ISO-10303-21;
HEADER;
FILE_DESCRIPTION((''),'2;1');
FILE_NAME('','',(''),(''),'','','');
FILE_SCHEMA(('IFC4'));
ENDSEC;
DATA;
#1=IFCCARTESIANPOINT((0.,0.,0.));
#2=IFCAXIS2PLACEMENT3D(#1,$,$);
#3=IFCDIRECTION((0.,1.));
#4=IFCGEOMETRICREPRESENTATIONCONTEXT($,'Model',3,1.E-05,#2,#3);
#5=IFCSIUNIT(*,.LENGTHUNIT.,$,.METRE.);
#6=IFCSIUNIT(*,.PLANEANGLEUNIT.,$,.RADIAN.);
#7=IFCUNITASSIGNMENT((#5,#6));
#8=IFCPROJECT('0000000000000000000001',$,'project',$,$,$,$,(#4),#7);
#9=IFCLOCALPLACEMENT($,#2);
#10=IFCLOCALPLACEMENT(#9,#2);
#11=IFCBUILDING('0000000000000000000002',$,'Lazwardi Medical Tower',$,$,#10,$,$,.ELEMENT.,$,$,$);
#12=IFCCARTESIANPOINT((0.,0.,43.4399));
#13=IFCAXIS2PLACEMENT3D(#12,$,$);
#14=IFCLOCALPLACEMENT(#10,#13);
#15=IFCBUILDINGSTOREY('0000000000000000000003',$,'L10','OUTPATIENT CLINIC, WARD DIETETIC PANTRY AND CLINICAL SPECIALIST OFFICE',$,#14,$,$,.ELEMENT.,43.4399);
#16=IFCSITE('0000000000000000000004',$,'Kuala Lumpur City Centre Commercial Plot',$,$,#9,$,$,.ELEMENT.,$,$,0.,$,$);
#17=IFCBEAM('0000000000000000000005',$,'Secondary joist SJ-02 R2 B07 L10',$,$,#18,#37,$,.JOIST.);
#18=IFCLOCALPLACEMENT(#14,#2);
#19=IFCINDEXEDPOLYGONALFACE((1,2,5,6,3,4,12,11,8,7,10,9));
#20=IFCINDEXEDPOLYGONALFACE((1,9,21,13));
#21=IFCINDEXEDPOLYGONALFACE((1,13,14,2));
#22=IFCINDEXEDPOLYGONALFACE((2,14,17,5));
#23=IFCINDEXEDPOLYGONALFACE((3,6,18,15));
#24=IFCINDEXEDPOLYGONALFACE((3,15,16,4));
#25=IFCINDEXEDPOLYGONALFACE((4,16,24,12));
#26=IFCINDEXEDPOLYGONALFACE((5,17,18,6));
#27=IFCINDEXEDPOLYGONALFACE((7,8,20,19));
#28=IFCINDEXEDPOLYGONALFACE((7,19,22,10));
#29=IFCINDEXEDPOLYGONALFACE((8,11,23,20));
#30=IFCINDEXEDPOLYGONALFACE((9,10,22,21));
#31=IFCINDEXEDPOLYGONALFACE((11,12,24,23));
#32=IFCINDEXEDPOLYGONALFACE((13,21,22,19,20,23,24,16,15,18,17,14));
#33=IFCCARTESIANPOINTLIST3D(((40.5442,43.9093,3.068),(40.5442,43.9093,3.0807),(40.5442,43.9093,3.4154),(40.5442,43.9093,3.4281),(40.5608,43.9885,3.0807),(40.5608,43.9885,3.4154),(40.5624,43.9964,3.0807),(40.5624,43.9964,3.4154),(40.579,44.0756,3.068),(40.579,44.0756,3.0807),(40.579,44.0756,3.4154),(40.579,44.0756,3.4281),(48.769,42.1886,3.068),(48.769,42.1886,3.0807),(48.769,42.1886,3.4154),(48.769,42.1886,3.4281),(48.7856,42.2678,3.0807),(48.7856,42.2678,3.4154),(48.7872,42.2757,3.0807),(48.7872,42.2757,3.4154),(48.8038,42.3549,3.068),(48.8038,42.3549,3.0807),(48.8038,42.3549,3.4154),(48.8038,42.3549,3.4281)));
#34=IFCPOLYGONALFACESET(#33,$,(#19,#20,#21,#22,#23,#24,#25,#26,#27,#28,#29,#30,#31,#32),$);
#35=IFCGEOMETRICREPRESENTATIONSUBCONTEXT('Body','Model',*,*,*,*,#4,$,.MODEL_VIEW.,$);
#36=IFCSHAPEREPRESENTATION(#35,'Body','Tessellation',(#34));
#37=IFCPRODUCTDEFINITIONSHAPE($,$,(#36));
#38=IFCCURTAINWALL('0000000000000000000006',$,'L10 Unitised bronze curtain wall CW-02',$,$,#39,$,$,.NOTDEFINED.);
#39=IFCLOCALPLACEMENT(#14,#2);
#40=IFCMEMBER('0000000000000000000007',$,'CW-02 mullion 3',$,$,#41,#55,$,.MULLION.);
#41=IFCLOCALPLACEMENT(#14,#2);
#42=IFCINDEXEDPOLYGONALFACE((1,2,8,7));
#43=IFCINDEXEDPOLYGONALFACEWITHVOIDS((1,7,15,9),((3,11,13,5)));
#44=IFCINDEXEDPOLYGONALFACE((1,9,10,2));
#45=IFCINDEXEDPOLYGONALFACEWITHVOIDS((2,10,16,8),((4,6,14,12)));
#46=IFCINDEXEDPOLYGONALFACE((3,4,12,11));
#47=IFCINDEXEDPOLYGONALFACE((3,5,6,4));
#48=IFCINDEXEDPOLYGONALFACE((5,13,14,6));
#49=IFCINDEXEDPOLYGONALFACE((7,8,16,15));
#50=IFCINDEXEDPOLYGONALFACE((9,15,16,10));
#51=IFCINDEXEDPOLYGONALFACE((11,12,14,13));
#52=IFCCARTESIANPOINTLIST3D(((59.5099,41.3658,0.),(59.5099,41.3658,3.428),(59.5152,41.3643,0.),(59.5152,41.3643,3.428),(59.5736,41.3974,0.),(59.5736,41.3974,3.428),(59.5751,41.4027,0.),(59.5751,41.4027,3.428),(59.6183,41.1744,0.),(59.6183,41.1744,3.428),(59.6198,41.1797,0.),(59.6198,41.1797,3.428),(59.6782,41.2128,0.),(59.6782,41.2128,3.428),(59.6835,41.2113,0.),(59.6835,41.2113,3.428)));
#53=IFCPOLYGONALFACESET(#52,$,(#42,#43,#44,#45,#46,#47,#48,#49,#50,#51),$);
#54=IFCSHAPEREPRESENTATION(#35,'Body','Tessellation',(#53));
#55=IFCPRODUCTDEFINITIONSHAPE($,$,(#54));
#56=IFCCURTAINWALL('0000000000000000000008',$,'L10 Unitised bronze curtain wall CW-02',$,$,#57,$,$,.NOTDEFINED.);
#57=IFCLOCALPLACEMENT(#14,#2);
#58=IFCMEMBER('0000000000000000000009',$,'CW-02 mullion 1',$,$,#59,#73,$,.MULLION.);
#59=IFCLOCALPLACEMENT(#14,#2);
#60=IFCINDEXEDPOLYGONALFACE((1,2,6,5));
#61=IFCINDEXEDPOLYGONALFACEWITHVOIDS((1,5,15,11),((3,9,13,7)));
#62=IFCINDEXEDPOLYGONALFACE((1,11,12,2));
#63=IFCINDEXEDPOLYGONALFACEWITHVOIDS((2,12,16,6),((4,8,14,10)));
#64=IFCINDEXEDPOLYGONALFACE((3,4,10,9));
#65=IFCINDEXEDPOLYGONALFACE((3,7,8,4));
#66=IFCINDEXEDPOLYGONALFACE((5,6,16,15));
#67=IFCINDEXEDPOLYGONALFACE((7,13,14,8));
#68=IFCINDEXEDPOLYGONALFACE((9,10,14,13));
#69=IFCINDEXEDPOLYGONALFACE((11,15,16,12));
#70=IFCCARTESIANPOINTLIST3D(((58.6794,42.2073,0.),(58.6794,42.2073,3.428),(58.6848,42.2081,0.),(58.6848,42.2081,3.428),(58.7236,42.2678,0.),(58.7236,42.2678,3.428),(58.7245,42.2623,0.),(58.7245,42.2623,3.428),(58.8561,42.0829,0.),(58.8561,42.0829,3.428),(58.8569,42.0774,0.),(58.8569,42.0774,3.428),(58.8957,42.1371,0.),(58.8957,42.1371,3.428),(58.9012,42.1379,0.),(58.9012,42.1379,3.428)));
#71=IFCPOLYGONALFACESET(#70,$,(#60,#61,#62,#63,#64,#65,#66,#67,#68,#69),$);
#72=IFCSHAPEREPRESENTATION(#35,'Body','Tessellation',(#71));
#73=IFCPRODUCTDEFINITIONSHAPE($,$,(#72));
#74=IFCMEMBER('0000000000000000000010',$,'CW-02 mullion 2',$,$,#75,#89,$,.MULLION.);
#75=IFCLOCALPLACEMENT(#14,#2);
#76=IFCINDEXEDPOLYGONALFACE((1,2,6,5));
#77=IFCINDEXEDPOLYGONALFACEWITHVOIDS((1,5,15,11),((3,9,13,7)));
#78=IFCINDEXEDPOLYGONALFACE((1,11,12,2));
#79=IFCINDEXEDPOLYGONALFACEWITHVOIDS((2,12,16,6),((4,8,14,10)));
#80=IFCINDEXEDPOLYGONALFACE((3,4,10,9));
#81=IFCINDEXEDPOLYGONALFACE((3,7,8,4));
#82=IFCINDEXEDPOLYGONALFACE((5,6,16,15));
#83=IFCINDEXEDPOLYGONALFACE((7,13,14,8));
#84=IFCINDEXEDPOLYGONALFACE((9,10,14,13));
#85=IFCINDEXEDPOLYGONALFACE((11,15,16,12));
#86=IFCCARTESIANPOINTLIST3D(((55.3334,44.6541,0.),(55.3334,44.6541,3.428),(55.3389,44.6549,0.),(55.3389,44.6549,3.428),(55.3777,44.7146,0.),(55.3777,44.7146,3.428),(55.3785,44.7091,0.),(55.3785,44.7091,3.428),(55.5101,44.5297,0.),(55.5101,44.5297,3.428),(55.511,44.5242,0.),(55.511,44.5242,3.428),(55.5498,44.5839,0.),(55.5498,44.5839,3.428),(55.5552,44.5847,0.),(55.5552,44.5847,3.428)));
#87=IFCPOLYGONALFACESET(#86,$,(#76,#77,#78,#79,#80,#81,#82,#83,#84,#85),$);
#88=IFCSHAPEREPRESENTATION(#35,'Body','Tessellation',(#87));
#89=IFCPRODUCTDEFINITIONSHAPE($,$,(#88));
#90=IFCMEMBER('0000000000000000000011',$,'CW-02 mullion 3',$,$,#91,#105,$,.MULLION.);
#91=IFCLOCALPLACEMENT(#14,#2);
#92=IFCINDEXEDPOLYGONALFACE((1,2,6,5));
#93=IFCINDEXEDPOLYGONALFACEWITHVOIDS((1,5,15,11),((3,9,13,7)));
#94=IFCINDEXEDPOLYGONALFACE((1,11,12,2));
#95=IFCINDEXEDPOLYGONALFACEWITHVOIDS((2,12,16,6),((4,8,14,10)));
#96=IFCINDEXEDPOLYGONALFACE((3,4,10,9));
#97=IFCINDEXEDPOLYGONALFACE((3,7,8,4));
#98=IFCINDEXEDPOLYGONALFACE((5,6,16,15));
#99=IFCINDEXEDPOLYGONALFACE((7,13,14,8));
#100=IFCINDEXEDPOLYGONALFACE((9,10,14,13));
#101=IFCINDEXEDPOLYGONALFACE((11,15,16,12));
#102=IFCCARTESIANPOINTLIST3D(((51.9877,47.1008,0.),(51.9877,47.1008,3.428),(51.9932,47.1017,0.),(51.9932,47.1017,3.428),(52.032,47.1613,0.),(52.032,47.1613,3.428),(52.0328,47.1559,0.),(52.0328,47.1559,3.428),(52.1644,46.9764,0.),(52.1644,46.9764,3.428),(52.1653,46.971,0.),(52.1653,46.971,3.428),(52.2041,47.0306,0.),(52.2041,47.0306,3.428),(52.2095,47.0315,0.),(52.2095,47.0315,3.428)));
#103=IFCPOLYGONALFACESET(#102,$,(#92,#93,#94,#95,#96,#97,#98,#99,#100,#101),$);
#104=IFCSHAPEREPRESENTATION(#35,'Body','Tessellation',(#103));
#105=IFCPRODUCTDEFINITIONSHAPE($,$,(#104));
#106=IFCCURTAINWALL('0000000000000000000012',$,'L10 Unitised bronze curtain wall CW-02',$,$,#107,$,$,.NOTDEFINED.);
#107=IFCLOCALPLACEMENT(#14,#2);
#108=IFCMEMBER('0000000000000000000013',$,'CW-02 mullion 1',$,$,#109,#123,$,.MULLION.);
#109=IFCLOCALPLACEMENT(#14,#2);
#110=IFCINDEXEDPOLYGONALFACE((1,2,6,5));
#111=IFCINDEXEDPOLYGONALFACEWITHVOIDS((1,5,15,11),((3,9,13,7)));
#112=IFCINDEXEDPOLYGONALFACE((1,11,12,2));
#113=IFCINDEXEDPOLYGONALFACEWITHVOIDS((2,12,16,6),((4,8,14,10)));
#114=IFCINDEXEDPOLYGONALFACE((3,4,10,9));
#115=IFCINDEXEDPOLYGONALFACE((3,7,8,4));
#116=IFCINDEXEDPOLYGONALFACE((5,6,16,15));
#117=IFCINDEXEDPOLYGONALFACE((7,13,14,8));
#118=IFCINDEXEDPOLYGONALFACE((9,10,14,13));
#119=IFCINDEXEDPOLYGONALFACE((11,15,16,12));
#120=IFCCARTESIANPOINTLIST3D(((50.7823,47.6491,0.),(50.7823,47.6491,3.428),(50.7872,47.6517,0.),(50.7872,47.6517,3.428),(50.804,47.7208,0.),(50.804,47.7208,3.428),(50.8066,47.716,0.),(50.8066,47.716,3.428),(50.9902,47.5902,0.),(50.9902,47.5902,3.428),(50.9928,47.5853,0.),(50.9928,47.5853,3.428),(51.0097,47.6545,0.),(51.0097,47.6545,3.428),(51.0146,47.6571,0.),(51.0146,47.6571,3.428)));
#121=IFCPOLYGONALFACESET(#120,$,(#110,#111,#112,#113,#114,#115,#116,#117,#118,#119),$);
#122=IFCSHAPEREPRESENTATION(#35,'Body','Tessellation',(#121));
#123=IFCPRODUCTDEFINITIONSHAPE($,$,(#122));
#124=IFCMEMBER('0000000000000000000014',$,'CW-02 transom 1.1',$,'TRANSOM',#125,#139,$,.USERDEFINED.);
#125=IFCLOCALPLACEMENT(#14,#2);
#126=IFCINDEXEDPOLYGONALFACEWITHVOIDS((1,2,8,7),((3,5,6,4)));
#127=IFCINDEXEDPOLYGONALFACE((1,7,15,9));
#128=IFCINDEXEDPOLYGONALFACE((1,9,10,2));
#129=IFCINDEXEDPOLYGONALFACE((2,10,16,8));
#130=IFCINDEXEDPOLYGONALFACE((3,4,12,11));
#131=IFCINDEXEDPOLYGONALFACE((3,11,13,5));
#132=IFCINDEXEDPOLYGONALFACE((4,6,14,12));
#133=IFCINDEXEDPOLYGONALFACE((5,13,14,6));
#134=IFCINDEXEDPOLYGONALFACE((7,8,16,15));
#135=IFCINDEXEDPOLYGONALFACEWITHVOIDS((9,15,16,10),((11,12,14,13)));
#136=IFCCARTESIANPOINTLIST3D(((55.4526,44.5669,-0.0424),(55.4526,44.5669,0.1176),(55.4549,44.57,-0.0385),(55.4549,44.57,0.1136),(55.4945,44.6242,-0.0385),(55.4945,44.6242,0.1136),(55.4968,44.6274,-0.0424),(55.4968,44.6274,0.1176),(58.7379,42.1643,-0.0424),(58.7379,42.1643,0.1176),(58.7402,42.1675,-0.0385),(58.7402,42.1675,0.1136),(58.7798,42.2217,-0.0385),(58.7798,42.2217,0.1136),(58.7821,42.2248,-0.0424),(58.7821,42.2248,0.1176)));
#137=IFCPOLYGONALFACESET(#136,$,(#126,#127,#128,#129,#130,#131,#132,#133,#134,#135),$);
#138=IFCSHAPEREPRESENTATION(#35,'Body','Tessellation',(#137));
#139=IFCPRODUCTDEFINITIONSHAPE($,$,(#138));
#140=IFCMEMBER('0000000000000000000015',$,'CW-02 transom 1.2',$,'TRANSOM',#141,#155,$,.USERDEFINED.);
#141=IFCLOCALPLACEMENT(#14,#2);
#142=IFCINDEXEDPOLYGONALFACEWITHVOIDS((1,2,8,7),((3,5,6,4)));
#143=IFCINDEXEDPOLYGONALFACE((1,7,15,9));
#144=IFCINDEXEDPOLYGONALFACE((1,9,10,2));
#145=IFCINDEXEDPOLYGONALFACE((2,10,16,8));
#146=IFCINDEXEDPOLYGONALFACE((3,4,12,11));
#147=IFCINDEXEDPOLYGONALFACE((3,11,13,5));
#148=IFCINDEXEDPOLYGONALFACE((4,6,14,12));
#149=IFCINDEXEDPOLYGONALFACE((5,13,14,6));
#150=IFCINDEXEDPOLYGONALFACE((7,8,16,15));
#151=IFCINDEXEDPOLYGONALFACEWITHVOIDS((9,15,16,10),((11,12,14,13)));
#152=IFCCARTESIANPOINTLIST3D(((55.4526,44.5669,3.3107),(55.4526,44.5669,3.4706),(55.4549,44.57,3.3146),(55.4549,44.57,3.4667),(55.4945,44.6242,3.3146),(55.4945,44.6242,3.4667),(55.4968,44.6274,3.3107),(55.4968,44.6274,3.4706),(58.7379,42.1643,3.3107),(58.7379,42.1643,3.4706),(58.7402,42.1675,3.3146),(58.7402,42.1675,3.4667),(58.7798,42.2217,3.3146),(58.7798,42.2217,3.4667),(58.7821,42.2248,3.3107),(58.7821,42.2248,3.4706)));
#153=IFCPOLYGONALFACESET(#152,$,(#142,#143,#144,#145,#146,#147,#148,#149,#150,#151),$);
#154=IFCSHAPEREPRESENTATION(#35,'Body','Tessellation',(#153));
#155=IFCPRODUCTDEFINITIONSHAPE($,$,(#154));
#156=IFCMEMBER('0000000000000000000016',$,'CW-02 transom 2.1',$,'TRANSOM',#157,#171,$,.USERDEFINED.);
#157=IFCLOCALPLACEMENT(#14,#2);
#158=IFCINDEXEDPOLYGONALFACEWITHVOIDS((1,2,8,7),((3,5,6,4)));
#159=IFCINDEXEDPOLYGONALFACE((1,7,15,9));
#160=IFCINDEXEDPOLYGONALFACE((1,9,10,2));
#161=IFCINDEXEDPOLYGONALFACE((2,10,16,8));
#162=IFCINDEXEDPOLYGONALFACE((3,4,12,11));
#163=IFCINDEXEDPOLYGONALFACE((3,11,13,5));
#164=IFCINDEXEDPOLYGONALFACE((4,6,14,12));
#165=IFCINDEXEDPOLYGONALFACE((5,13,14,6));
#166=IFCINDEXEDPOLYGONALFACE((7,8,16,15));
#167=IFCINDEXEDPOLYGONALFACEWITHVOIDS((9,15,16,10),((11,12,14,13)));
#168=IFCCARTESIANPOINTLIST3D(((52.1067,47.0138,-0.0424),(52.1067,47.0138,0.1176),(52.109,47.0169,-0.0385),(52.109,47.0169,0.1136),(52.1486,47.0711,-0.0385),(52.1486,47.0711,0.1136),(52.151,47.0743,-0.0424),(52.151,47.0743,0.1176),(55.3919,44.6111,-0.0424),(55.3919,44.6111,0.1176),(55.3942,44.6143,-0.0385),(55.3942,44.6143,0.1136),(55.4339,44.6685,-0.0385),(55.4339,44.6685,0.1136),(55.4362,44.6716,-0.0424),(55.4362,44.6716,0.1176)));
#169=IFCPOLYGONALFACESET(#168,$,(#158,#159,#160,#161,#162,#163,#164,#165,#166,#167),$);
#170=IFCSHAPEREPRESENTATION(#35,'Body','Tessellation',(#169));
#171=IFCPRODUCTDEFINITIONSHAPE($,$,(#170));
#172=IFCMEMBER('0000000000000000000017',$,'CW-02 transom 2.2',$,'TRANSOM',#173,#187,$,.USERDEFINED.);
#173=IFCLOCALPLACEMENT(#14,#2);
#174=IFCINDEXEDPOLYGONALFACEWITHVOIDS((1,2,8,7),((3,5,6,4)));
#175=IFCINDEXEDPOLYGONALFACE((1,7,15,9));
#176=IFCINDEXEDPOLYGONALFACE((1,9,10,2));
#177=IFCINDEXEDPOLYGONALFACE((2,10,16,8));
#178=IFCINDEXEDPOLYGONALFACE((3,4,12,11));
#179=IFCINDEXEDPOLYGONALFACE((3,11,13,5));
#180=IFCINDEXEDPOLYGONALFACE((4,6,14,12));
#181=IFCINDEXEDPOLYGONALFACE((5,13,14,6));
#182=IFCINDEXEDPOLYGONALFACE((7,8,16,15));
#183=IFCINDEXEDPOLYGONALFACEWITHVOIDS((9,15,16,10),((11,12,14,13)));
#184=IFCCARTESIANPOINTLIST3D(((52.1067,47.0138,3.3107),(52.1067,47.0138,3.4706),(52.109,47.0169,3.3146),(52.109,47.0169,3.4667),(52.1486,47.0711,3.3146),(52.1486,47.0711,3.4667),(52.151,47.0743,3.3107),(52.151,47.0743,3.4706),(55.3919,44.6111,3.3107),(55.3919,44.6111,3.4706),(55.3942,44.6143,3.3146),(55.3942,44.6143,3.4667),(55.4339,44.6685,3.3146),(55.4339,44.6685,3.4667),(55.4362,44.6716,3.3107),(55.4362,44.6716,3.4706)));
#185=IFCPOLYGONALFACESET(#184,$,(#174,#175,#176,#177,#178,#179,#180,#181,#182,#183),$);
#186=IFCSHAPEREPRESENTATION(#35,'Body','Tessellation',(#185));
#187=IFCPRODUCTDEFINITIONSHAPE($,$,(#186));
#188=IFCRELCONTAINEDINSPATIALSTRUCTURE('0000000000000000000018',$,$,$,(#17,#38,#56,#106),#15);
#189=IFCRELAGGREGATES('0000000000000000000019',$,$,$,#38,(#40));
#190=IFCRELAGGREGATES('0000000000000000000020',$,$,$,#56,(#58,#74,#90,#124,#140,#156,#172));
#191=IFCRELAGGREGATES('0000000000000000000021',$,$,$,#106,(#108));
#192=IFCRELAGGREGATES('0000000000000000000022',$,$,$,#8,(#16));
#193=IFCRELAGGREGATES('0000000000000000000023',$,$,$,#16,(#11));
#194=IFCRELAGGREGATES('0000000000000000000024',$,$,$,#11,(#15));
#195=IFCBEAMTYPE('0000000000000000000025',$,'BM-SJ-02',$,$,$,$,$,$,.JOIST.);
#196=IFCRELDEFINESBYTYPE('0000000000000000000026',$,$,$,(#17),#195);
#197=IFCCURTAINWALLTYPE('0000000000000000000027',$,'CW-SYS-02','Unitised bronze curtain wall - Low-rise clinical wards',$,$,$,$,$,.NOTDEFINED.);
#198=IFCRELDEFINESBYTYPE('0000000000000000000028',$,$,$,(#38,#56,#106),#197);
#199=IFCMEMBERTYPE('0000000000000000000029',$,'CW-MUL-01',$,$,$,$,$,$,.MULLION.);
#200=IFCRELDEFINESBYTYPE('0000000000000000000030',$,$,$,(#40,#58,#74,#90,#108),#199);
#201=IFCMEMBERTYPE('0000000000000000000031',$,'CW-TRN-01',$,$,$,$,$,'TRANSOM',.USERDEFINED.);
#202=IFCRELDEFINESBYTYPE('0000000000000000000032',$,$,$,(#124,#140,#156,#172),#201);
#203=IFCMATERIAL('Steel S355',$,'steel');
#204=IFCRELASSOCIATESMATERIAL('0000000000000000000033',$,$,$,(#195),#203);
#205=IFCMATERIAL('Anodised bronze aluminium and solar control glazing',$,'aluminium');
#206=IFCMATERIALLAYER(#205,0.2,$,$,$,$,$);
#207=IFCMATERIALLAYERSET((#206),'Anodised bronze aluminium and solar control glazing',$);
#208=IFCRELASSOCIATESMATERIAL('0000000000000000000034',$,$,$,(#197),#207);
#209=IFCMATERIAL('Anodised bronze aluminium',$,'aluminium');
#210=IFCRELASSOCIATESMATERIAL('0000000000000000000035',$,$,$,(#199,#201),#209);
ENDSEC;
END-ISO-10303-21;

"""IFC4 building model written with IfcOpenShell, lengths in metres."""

from ifc_helpers import new_model, si_unit, direction, frame, origin, origin_2d, place, context, subcontext, project, spatial, hollow_rectangle, i_section, extrude, material, layer, layer_set, material_profile, profile_set, type_object, element, aggregate, save


model = new_model("IFC4")

# Units and contexts
model_context = context("Model", 3, precision=1e-05, world=origin(), true_north=direction((0.0, 1.0)))
body_context = subcontext(model_context, "Body", "Model", "MODEL_VIEW")
ifc_project = project(units=[si_unit("LENGTHUNIT", "METRE"), si_unit("PLANEANGLEUNIT", "RADIAN")], contexts=[model_context])

# Site, building, storey
site_placement = place(None, origin())
site = spatial("IfcSite", under=ifc_project, at=site_placement, Name="Kuala Lumpur City Centre Commercial Plot", CompositionType="ELEMENT", RefElevation=0.0)
building_placement = place(site_placement, origin())
building = spatial("IfcBuilding", under=site, at=building_placement, Name="Lazwardi Medical Tower", CompositionType="ELEMENT")
storey_placement = place(building_placement, frame((0.0, 0.0, 43.4399)))
storey = spatial("IfcBuildingStorey", under=building, at=storey_placement, Name="L10", Description="OUTPATIENT CLINIC, WARD DIETETIC PANTRY AND CLINICAL SPECIALIST OFFICE", CompositionType="ELEMENT", Elevation=43.4399)

# Beam
ifc_material_1 = material(Name="Steel S355", Category="steel")
ifc_material_profile_1 = material_profile(ifc_material_1, i_section(OverallWidth=0.1699, OverallDepth=0.3601, WebThickness=0.0081, FlangeThickness=0.0127, at=origin_2d()), Name="IPE 360")
ifc_profile_set_1 = profile_set([ifc_material_profile_1], Name="Steel S355")
beam_type_1 = type_object("IfcBeamType", Name="BM-SJ-02", PredefinedType="JOIST", material=ifc_profile_set_1)
beam_1_placement = place(storey_placement, frame((48.7864, 42.2717, 3.248), z_axis=(-0.978809, 0.204774, 0.0), x_axis=(-0.204774, -0.978809, 0.0)))
element("IfcBeam", 1, at=beam_1_placement, inside=storey, type_object=beam_type_1, Name="Secondary joist SJ-02 R2 B07 L10", PredefinedType="JOIST", context=body_context, shape_type="SweptSolid", body=[
    extrude(i_section(OverallWidth=0.1699, OverallDepth=0.3601, WebThickness=0.0081, FlangeThickness=0.0127, at=origin_2d()), origin(), (0.0, 0.0, 1.0), 8.4028),
])

# Curtain wall, member
ifc_material_2 = material(Name="Anodised bronze aluminium and solar control glazing", Category="aluminium")
ifc_layer_1 = layer(ifc_material_2, 0.2)
ifc_layer_set_1 = layer_set([ifc_layer_1], Name="Anodised bronze aluminium and solar control glazing")
curtain_wall_type = type_object("IfcCurtainWallType", Name="CW-SYS-02", Description="Unitised bronze curtain wall - Low-rise clinical wards", PredefinedType="NOTDEFINED", material=ifc_layer_set_1)
curtain_wall_1_placement = place(storey_placement, origin())
curtain_wall_1 = element("IfcCurtainWall", 2, at=curtain_wall_1_placement, inside=storey, type_object=curtain_wall_type, Name="L10 Unitised bronze curtain wall CW-02", PredefinedType="NOTDEFINED")
ifc_material_3 = material(Name="Anodised bronze aluminium", Category="aluminium")
ifc_material_profile_2 = material_profile(ifc_material_3, hollow_rectangle(XDim=0.075, YDim=0.22, WallThickness=0.0039, at=origin_2d()), Name="ALU-MULLION 220x75x4")
ifc_profile_set_2 = profile_set([ifc_material_profile_2], Name="Anodised bronze aluminium")
member_type_1 = type_object("IfcMemberType", Name="CW-MUL-01", PredefinedType="MULLION", material=ifc_profile_set_2)
member_1_placement = place(storey_placement, frame((59.5967, 41.2886, 0.0), z_axis=(0.0, 0.0, 1.0), x_axis=(-0.870112, -0.492854, 0.0)))
member_1 = element("IfcMember", 3, at=member_1_placement, type_object=member_type_1, Name="CW-02 mullion 3", PredefinedType="MULLION", context=body_context, shape_type="SweptSolid", body=[
    extrude(hollow_rectangle(XDim=0.075, YDim=0.22, WallThickness=0.0039, at=origin_2d()), origin(), (0.0, 0.0, 1.0), 3.428),
])

# Curtain wall, members
curtain_wall_2_placement = place(storey_placement, origin())
curtain_wall_2 = element("IfcCurtainWall", 4, at=curtain_wall_2_placement, inside=storey, type_object=curtain_wall_type, Name="L10 Unitised bronze curtain wall CW-02", PredefinedType="NOTDEFINED")
member_2_placement = place(storey_placement, frame((58.7903, 42.1726, 0.0), z_axis=(0.0, 0.0, 1.0), x_axis=(-0.590289, -0.807192, 0.0)))
member_2 = element("IfcMember", 5, at=member_2_placement, type_object=member_type_1, Name="CW-02 mullion 1", PredefinedType="MULLION", context=body_context, shape_type="SweptSolid", body=[
    extrude(hollow_rectangle(XDim=0.075, YDim=0.22, WallThickness=0.0039, at=origin_2d()), origin(), (0.0, 0.0, 1.0), 3.428),
])
member_3_placement = place(storey_placement, frame((55.4443, 44.6194, 0.0), z_axis=(0.0, 0.0, 1.0), x_axis=(-0.590289, -0.807192, 0.0)))
member_3 = element("IfcMember", 6, at=member_3_placement, type_object=member_type_1, Name="CW-02 mullion 2", PredefinedType="MULLION", context=body_context, shape_type="SweptSolid", body=[
    extrude(hollow_rectangle(XDim=0.075, YDim=0.22, WallThickness=0.0039, at=origin_2d()), origin(), (0.0, 0.0, 1.0), 3.428),
])
member_4_placement = place(storey_placement, frame((52.0986, 47.0662, 0.0), z_axis=(0.0, 0.0, 1.0), x_axis=(-0.590289, -0.807192, 0.0)))
member_4 = element("IfcMember", 7, at=member_4_placement, type_object=member_type_1, Name="CW-02 mullion 3", PredefinedType="MULLION", context=body_context, shape_type="SweptSolid", body=[
    extrude(hollow_rectangle(XDim=0.075, YDim=0.22, WallThickness=0.0039, at=origin_2d()), origin(), (0.0, 0.0, 1.0), 3.428),
])

# Curtain wall, member
curtain_wall_3_placement = place(storey_placement, origin())
curtain_wall_3 = element("IfcCurtainWall", 8, at=curtain_wall_3_placement, inside=storey, type_object=curtain_wall_type, Name="L10 Unitised bronze curtain wall CW-02", PredefinedType="NOTDEFINED")
member_5_placement = place(storey_placement, frame((50.8984, 47.6531, 0.0), z_axis=(0.0, 0.0, 1.0), x_axis=(-0.289896, -0.957058, 0.0)))
member_5 = element("IfcMember", 9, at=member_5_placement, type_object=member_type_1, Name="CW-02 mullion 1", PredefinedType="MULLION", context=body_context, shape_type="SweptSolid", body=[
    extrude(hollow_rectangle(XDim=0.075, YDim=0.22, WallThickness=0.0039, at=origin_2d()), origin(), (0.0, 0.0, 1.0), 3.428),
])

# Members
ifc_material_profile_3 = material_profile(ifc_material_3, hollow_rectangle(XDim=0.075, YDim=0.1599, WallThickness=0.0039, at=origin_2d()), Name="ALU-TRANSOM 160x75x4")
ifc_profile_set_3 = profile_set([ifc_material_profile_3], Name="Anodised bronze aluminium")
member_type_2 = type_object("IfcMemberType", Name="CW-TRN-01", ElementType="TRANSOM", PredefinedType="USERDEFINED", material=ifc_profile_set_3)
member_6_placement = place(storey_placement, frame((58.76, 42.1946, 0.0376), z_axis=(-0.80719, 0.590292, 0.0), x_axis=(-0.590292, -0.80719, 0.0)))
member_6 = element("IfcMember", 10, at=member_6_placement, type_object=member_type_2, Name="CW-02 transom 1.1", ObjectType="TRANSOM", PredefinedType="USERDEFINED", context=body_context, shape_type="SweptSolid", body=[
    extrude(hollow_rectangle(XDim=0.075, YDim=0.1599, WallThickness=0.0039, at=origin_2d()), origin(), (0.0, 0.0, 1.0), 4.0701),
])
member_7_placement = place(storey_placement, frame((58.76, 42.1946, 3.3906), z_axis=(-0.80719, 0.590292, 0.0), x_axis=(-0.590292, -0.80719, 0.0)))
member_7 = element("IfcMember", 11, at=member_7_placement, type_object=member_type_2, Name="CW-02 transom 1.2", ObjectType="TRANSOM", PredefinedType="USERDEFINED", context=body_context, shape_type="SweptSolid", body=[
    extrude(hollow_rectangle(XDim=0.075, YDim=0.1599, WallThickness=0.0039, at=origin_2d()), origin(), (0.0, 0.0, 1.0), 4.0701),
])
member_8_placement = place(storey_placement, frame((55.4141, 44.6414, 0.0376), z_axis=(-0.807169, 0.59032, 0.0), x_axis=(-0.59032, -0.807169, 0.0)))
member_8 = element("IfcMember", 12, at=member_8_placement, type_object=member_type_2, Name="CW-02 transom 2.1", ObjectType="TRANSOM", PredefinedType="USERDEFINED", context=body_context, shape_type="SweptSolid", body=[
    extrude(hollow_rectangle(XDim=0.075, YDim=0.1599, WallThickness=0.0039, at=origin_2d()), origin(), (0.0, 0.0, 1.0), 4.0701),
])
member_9_placement = place(storey_placement, frame((55.4141, 44.6414, 3.3906), z_axis=(-0.807169, 0.59032, 0.0), x_axis=(-0.59032, -0.807169, 0.0)))
member_9 = element("IfcMember", 13, at=member_9_placement, type_object=member_type_2, Name="CW-02 transom 2.2", ObjectType="TRANSOM", PredefinedType="USERDEFINED", context=body_context, shape_type="SweptSolid", body=[
    extrude(hollow_rectangle(XDim=0.075, YDim=0.1599, WallThickness=0.0039, at=origin_2d()), origin(), (0.0, 0.0, 1.0), 4.0701),
])

aggregate(curtain_wall_1, [member_1])
aggregate(curtain_wall_2, [member_2, member_3, member_4, member_6, member_7, member_8, member_9])
aggregate(curtain_wall_3, [member_5])

save(model, "model.ifc")
